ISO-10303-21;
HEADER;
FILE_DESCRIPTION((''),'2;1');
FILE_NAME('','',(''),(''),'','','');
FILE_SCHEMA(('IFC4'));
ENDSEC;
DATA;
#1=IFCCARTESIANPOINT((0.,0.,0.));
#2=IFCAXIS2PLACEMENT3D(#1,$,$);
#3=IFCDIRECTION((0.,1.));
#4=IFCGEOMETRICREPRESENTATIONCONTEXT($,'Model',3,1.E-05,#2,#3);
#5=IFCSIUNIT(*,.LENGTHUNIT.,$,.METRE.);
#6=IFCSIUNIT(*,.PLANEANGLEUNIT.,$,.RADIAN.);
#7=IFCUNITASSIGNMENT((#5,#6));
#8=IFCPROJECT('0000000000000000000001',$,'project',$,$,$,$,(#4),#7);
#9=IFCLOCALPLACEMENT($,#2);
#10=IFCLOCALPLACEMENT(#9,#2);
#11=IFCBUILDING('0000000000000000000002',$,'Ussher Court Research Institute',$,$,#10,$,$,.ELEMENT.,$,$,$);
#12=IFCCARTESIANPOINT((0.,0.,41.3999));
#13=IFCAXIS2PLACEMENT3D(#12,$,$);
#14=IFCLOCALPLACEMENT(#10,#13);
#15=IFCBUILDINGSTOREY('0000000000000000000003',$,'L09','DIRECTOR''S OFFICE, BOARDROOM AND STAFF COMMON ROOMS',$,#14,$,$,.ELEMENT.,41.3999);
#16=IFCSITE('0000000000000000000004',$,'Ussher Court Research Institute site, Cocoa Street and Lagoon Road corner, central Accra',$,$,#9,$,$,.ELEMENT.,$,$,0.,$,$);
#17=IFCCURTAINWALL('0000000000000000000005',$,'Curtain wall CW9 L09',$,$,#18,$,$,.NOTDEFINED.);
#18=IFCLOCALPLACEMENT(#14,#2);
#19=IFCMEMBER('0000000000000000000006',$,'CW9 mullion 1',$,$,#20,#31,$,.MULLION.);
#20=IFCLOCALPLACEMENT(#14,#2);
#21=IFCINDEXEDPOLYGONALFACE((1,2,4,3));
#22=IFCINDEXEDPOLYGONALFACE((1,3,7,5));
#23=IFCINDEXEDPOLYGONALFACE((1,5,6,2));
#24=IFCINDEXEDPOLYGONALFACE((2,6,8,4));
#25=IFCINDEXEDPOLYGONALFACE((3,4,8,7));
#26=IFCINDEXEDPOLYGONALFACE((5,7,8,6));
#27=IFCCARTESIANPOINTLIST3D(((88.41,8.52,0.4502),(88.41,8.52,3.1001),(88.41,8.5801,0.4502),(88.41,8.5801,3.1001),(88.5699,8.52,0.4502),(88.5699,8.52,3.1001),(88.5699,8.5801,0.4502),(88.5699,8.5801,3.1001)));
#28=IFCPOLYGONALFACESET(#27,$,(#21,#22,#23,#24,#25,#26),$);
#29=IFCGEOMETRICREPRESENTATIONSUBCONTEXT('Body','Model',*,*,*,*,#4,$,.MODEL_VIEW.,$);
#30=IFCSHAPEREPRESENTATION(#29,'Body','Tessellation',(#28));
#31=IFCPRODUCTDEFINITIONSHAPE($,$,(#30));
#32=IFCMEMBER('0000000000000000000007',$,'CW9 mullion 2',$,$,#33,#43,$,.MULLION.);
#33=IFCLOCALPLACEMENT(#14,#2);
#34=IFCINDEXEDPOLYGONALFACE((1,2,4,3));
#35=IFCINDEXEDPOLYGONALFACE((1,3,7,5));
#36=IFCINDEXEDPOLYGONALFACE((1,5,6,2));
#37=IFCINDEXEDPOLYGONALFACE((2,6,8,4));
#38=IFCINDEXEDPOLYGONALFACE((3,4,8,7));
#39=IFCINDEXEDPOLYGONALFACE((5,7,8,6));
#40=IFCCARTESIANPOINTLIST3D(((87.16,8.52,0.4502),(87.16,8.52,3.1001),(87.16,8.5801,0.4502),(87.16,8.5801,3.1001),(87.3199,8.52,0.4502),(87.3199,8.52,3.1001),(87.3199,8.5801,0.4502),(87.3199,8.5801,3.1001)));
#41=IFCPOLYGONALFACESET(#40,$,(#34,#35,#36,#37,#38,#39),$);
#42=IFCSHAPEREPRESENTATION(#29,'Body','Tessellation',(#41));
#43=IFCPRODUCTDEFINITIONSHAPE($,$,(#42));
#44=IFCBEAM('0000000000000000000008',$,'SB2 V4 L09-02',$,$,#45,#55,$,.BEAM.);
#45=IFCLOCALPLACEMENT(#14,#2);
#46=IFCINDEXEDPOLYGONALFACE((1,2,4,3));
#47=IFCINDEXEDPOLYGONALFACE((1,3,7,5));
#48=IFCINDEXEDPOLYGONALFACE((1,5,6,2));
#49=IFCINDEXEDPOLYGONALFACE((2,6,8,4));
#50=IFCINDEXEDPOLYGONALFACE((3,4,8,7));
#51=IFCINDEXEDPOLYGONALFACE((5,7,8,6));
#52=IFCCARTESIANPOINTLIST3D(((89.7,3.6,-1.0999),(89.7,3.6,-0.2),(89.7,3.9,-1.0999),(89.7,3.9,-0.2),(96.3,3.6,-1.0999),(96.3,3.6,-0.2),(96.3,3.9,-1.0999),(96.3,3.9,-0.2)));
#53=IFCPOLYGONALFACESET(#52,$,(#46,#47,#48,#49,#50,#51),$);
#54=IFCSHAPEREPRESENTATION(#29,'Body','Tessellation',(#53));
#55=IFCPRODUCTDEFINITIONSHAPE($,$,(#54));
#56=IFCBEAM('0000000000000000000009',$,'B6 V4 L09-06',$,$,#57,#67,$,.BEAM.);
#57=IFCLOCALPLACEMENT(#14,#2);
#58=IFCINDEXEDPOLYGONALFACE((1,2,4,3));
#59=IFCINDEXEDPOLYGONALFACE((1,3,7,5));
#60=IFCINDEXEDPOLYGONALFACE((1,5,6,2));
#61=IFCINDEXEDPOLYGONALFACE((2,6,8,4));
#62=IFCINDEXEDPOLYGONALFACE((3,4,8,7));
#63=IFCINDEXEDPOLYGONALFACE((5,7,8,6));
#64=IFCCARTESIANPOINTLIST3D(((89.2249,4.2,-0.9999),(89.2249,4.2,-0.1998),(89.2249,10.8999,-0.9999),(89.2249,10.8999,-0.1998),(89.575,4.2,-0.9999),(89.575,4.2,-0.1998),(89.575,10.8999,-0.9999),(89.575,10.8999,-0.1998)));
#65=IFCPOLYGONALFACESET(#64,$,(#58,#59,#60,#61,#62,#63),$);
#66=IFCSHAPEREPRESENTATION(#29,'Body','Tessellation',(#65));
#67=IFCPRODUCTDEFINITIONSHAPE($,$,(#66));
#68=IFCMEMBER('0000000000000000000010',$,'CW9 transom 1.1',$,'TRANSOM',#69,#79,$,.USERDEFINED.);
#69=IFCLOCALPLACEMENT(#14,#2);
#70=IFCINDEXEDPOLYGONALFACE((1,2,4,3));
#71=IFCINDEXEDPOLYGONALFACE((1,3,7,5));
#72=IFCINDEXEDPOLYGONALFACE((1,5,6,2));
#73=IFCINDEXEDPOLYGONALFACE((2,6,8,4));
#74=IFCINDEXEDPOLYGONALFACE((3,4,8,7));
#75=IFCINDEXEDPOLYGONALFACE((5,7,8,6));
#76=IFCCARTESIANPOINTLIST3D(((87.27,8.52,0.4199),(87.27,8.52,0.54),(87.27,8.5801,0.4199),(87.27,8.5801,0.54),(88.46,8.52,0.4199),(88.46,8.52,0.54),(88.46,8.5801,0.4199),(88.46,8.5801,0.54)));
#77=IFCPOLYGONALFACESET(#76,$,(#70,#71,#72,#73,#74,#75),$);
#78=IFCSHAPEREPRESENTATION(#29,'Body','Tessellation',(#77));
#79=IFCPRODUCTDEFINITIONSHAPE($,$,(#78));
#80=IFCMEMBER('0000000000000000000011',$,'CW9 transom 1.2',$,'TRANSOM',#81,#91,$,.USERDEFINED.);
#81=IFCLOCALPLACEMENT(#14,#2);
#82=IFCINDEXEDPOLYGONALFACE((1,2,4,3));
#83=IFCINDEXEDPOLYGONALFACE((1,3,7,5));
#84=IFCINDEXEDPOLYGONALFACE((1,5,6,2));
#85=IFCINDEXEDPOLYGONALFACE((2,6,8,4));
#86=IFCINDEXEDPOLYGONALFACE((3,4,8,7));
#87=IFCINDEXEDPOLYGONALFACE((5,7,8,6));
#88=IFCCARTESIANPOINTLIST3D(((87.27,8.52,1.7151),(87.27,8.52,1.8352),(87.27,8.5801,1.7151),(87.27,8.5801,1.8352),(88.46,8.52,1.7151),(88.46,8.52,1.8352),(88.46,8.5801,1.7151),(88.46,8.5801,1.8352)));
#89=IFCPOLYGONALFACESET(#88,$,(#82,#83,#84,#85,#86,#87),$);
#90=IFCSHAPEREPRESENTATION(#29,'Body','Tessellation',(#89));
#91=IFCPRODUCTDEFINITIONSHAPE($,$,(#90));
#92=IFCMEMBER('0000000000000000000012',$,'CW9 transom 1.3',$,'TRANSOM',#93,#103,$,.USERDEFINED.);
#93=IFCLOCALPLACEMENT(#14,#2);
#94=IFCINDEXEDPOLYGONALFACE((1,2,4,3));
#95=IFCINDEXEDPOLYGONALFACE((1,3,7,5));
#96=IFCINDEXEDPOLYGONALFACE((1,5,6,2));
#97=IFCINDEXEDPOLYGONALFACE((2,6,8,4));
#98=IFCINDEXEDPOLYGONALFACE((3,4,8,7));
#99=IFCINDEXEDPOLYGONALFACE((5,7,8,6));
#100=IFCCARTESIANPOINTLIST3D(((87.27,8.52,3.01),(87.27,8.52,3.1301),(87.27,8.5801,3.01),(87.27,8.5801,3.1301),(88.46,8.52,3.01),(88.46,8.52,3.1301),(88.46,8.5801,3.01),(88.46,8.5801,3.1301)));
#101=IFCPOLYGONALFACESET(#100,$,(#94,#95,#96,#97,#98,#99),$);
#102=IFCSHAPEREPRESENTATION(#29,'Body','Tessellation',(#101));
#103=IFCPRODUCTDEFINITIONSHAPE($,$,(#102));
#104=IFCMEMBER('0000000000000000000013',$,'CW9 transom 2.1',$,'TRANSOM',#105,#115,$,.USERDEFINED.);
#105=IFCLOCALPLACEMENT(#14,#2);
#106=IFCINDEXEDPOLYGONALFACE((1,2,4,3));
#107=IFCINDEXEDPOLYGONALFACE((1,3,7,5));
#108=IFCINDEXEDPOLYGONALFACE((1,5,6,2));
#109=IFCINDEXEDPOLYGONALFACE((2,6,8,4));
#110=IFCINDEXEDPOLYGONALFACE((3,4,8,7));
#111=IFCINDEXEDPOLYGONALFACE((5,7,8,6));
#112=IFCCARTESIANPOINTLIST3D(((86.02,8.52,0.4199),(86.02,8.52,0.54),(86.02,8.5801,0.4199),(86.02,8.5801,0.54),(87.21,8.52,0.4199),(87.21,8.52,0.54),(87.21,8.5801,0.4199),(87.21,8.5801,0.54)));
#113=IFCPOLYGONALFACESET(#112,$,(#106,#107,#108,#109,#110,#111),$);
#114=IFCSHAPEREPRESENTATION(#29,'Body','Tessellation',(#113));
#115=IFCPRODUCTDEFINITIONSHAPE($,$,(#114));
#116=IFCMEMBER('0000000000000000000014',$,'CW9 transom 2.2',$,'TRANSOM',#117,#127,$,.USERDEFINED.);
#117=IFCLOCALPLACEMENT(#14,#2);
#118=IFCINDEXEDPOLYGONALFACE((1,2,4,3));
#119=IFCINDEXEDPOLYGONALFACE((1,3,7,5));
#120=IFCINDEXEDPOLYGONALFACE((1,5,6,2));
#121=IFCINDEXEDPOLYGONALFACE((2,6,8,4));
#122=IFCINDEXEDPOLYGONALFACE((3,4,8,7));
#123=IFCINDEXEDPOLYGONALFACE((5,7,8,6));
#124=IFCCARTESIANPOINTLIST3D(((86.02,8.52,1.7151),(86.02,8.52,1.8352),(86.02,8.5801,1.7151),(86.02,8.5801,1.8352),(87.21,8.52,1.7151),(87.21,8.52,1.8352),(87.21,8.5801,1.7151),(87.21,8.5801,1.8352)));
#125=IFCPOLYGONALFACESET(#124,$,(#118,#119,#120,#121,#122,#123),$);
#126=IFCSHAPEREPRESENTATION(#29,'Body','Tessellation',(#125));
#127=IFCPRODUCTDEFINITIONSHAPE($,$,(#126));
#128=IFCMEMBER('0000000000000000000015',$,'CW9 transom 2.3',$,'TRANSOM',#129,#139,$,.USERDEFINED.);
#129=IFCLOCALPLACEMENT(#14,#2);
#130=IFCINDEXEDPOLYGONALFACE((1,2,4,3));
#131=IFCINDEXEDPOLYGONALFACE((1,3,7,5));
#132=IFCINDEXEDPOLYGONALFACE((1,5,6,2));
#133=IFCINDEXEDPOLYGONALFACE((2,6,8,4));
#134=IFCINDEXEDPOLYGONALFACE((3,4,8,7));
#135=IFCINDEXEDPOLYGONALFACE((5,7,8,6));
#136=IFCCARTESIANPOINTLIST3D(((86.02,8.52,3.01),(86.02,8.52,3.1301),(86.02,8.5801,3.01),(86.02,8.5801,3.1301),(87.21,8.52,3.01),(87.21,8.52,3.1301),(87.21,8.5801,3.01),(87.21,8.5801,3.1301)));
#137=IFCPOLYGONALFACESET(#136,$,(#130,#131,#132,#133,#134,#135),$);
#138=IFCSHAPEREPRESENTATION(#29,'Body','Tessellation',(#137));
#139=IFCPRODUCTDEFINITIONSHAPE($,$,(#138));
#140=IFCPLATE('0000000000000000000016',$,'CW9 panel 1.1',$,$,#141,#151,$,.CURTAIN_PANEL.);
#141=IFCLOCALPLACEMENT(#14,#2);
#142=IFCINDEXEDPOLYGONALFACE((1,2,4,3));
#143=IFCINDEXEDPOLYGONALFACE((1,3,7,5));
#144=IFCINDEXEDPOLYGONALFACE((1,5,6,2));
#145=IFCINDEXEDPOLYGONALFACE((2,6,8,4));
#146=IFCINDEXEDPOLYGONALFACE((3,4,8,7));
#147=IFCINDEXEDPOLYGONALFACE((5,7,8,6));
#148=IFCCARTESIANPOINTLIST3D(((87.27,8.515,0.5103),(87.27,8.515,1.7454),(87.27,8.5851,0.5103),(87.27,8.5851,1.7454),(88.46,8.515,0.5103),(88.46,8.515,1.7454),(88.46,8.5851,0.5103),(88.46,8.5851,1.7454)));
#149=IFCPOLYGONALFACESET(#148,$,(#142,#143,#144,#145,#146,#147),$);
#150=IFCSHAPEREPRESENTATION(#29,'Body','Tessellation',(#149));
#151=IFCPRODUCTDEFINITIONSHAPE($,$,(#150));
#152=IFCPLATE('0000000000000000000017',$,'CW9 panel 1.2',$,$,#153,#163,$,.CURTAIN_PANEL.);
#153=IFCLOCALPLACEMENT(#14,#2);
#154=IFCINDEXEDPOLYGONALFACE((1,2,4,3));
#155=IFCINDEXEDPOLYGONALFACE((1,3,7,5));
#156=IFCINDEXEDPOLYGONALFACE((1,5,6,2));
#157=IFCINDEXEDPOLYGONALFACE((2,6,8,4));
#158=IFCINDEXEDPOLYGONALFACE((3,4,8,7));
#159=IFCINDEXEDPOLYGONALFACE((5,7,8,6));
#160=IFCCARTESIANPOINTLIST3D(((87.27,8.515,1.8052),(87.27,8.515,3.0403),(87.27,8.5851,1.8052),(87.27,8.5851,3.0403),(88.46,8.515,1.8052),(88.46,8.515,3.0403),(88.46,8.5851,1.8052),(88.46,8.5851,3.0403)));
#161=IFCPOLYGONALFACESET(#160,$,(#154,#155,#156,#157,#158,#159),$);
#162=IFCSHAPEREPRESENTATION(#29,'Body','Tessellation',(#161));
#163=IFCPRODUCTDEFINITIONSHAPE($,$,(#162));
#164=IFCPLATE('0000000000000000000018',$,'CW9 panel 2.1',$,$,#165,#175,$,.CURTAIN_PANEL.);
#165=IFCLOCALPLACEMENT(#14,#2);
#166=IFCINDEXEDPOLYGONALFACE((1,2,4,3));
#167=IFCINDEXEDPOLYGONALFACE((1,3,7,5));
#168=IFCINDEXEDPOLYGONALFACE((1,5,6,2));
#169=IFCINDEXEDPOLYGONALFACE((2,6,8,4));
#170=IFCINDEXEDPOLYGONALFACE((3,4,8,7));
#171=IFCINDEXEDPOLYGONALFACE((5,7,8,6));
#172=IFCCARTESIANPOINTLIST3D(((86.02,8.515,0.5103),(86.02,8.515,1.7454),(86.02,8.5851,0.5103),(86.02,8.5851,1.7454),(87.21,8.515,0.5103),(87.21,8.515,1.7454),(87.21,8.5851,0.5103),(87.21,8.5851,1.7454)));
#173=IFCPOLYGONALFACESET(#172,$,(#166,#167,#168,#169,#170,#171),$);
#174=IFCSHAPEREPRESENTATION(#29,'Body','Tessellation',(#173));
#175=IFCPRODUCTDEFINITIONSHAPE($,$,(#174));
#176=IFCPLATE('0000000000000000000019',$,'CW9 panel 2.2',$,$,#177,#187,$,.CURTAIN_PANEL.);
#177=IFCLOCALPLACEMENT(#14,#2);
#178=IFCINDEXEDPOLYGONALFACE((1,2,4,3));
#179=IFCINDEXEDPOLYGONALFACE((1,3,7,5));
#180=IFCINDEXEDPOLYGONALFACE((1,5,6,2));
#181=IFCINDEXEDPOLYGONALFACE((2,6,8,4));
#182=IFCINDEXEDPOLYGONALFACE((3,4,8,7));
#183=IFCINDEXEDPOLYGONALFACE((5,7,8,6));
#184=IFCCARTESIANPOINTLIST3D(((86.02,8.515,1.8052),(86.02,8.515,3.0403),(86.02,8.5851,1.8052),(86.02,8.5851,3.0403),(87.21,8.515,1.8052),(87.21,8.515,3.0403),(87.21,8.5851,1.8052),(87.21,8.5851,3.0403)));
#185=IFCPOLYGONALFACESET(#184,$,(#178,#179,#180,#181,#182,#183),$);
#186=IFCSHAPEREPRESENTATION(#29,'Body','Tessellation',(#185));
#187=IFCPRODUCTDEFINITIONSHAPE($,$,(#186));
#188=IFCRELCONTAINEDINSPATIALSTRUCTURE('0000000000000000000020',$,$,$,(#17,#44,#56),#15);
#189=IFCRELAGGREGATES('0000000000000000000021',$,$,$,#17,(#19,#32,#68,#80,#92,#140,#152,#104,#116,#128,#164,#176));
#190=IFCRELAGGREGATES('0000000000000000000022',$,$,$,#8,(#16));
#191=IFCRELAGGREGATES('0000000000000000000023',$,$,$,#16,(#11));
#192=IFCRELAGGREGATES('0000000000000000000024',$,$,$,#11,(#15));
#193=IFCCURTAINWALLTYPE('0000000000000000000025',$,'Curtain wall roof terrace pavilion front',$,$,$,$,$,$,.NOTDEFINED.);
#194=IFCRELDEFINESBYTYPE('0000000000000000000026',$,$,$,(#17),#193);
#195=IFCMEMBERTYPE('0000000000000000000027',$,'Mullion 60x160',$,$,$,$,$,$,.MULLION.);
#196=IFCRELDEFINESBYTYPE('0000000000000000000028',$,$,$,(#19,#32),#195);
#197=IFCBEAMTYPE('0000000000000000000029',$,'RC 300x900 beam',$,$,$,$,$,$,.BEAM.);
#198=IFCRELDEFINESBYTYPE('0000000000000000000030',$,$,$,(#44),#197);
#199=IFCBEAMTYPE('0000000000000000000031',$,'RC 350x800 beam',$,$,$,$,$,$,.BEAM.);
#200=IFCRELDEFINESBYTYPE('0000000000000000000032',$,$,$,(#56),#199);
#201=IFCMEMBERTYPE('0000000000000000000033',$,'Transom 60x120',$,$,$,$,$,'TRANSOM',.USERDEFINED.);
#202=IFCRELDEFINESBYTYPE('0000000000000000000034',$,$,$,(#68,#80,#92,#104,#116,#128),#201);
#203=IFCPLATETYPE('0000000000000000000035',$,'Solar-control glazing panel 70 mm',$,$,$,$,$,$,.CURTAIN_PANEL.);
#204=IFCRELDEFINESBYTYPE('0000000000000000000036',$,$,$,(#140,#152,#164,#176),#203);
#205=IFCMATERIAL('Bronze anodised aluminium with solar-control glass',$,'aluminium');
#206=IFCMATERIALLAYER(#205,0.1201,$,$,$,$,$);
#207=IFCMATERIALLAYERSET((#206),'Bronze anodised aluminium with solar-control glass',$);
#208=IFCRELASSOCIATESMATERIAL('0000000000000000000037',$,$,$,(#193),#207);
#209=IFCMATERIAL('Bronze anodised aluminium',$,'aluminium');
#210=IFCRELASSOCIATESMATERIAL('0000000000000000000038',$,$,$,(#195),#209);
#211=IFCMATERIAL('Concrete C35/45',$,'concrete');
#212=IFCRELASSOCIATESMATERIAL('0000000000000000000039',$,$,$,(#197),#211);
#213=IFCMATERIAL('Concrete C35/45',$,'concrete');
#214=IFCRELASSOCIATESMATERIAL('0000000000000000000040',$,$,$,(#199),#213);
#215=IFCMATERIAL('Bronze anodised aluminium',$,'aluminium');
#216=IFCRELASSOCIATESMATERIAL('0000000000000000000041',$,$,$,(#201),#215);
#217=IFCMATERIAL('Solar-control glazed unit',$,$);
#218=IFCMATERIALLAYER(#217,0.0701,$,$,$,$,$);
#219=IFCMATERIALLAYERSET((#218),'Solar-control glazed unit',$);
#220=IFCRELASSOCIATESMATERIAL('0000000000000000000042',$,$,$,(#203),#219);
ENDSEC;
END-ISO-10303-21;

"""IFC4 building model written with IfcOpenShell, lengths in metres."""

from ifc_helpers import new_model, si_unit, direction, frame, origin, origin_2d, place, context, subcontext, project, spatial, rectangle, extrude, material, layer, layer_set, material_profile, profile_set, type_object, element, aggregate, save


model = new_model("IFC4")

# Units and contexts
model_context = context("Model", 3, precision=1e-05, world=origin(), true_north=direction((0.0, 1.0)))
body_context = subcontext(model_context, "Body", "Model", "MODEL_VIEW")
ifc_project = project(units=[si_unit("LENGTHUNIT", "METRE"), si_unit("PLANEANGLEUNIT", "RADIAN")], contexts=[model_context])

# Site, building, storey
site_placement = place(None, origin())
site = spatial("IfcSite", under=ifc_project, at=site_placement, Name="Ussher Court Research Institute site, Cocoa Street and Lagoon Road corner, central Accra", CompositionType="ELEMENT", RefElevation=0.0)
building_placement = place(site_placement, origin())
building = spatial("IfcBuilding", under=site, at=building_placement, Name="Ussher Court Research Institute", CompositionType="ELEMENT")
storey_placement = place(building_placement, frame((0.0, 0.0, 41.3999)))
storey = spatial("IfcBuildingStorey", under=building, at=storey_placement, Name="L09", Description="DIRECTOR'S OFFICE, BOARDROOM AND STAFF COMMON ROOMS", CompositionType="ELEMENT", Elevation=41.3999)

# Curtain wall, members
ifc_material_1 = material(Name="Bronze anodised aluminium with solar-control glass", Category="aluminium")
ifc_layer_1 = layer(ifc_material_1, 0.1201)
ifc_layer_set_1 = layer_set([ifc_layer_1], Name="Bronze anodised aluminium with solar-control glass")
curtain_wall_type = type_object("IfcCurtainWallType", Name="Curtain wall roof terrace pavilion front", PredefinedType="NOTDEFINED", material=ifc_layer_set_1)
curtain_wall_placement = place(storey_placement, origin())
curtain_wall = element("IfcCurtainWall", 1, at=curtain_wall_placement, inside=storey, type_object=curtain_wall_type, Name="Curtain wall CW9 L09", PredefinedType="NOTDEFINED")
ifc_material_2 = material(Name="Bronze anodised aluminium", Category="aluminium")
ifc_material_profile_1 = material_profile(ifc_material_2, rectangle(XDim=0.0601, YDim=0.1599, at=origin_2d()), Name="Mullion 60x160")
ifc_profile_set_1 = profile_set([ifc_material_profile_1], Name="Bronze anodised aluminium")
member_type_1 = type_object("IfcMemberType", Name="Mullion 60x160", PredefinedType="MULLION", material=ifc_profile_set_1)
member_1_placement = place(storey_placement, frame((88.49, 8.55, 0.4502), z_axis=(0.0, 0.0, 1.0), x_axis=(0.0, -1.0, 0.0)))
member_1 = element("IfcMember", 2, at=member_1_placement, type_object=member_type_1, Name="CW9 mullion 1", PredefinedType="MULLION", context=body_context, shape_type="SweptSolid", body=[
    extrude(rectangle(XDim=0.0601, YDim=0.1599, at=origin_2d()), origin(), (0.0, 0.0, 1.0), 2.6499),
])
member_2_placement = place(storey_placement, frame((87.24, 8.55, 0.4502), z_axis=(0.0, 0.0, 1.0), x_axis=(0.0, -1.0, 0.0)))
member_2 = element("IfcMember", 3, at=member_2_placement, type_object=member_type_1, Name="CW9 mullion 2", PredefinedType="MULLION", context=body_context, shape_type="SweptSolid", body=[
    extrude(rectangle(XDim=0.0601, YDim=0.1599, at=origin_2d()), origin(), (0.0, 0.0, 1.0), 2.6499),
])

# Beams
ifc_material_3 = material(Name="Concrete C35/45", Category="concrete")
ifc_material_profile_2 = material_profile(ifc_material_3, rectangle(XDim=0.3, YDim=0.8999, at=origin_2d()), Name="RC 300x900")
ifc_profile_set_2 = profile_set([ifc_material_profile_2], Name="Concrete C35/45")
beam_type_1 = type_object("IfcBeamType", Name="RC 300x900 beam", PredefinedType="BEAM", material=ifc_profile_set_2)
beam_1_placement = place(storey_placement, frame((89.7, 3.75, -0.6499), z_axis=(1.0, 0.0, 0.0), x_axis=(0.0, 1.0, 0.0)))
element("IfcBeam", 4, at=beam_1_placement, inside=storey, type_object=beam_type_1, Name="SB2 V4 L09-02", PredefinedType="BEAM", context=body_context, shape_type="SweptSolid", body=[
    extrude(rectangle(XDim=0.3, YDim=0.8999, at=origin_2d()), origin(), (0.0, 0.0, 1.0), 6.6001),
])
ifc_material_4 = material(Name="Concrete C35/45", Category="concrete")
ifc_material_profile_3 = material_profile(ifc_material_4, rectangle(XDim=0.3501, YDim=0.8, at=origin_2d()), Name="RC 350x800")
ifc_profile_set_3 = profile_set([ifc_material_profile_3], Name="Concrete C35/45")
beam_type_2 = type_object("IfcBeamType", Name="RC 350x800 beam", PredefinedType="BEAM", material=ifc_profile_set_3)
beam_2_placement = place(storey_placement, frame((89.3999, 4.2, -0.5999), z_axis=(0.0, 1.0, 0.0), x_axis=(-1.0, 0.0, 0.0)))
element("IfcBeam", 5, at=beam_2_placement, inside=storey, type_object=beam_type_2, Name="B6 V4 L09-06", PredefinedType="BEAM", context=body_context, shape_type="SweptSolid", body=[
    extrude(rectangle(XDim=0.3501, YDim=0.8, at=origin_2d()), origin(), (0.0, 0.0, 1.0), 6.7),
])

# Members
ifc_material_5 = material(Name="Bronze anodised aluminium", Category="aluminium")
ifc_material_profile_4 = material_profile(ifc_material_5, rectangle(XDim=0.0601, YDim=0.1201, at=origin_2d()), Name="Transom 60x120")
ifc_profile_set_4 = profile_set([ifc_material_profile_4], Name="Bronze anodised aluminium")
member_type_2 = type_object("IfcMemberType", Name="Transom 60x120", ElementType="TRANSOM", PredefinedType="USERDEFINED", material=ifc_profile_set_4)
member_3_placement = place(storey_placement, frame((88.46, 8.55, 0.48), z_axis=(-1.0, 0.0, 0.0), x_axis=(0.0, -1.0, 0.0)))
member_3 = element("IfcMember", 6, at=member_3_placement, type_object=member_type_2, Name="CW9 transom 1.1", ObjectType="TRANSOM", PredefinedType="USERDEFINED", context=body_context, shape_type="SweptSolid", body=[
    extrude(rectangle(XDim=0.0601, YDim=0.1201, at=origin_2d()), origin(), (0.0, 0.0, 1.0), 1.1899),
])
member_4_placement = place(storey_placement, frame((88.46, 8.55, 1.7751), z_axis=(-1.0, 0.0, 0.0), x_axis=(0.0, -1.0, 0.0)))
member_4 = element("IfcMember", 7, at=member_4_placement, type_object=member_type_2, Name="CW9 transom 1.2", ObjectType="TRANSOM", PredefinedType="USERDEFINED", context=body_context, shape_type="SweptSolid", body=[
    extrude(rectangle(XDim=0.0601, YDim=0.1201, at=origin_2d()), origin(), (0.0, 0.0, 1.0), 1.1899),
])
member_5_placement = place(storey_placement, frame((88.46, 8.55, 3.0701), z_axis=(-1.0, 0.0, 0.0), x_axis=(0.0, -1.0, 0.0)))
member_5 = element("IfcMember", 8, at=member_5_placement, type_object=member_type_2, Name="CW9 transom 1.3", ObjectType="TRANSOM", PredefinedType="USERDEFINED", context=body_context, shape_type="SweptSolid", body=[
    extrude(rectangle(XDim=0.0601, YDim=0.1201, at=origin_2d()), origin(), (0.0, 0.0, 1.0), 1.1899),
])
member_6_placement = place(storey_placement, frame((87.21, 8.55, 0.48), z_axis=(-1.0, 0.0, 0.0), x_axis=(0.0, -1.0, 0.0)))
member_6 = element("IfcMember", 9, at=member_6_placement, type_object=member_type_2, Name="CW9 transom 2.1", ObjectType="TRANSOM", PredefinedType="USERDEFINED", context=body_context, shape_type="SweptSolid", body=[
    extrude(rectangle(XDim=0.0601, YDim=0.1201, at=origin_2d()), origin(), (0.0, 0.0, 1.0), 1.1899),
])
member_7_placement = place(storey_placement, frame((87.21, 8.55, 1.7751), z_axis=(-1.0, 0.0, 0.0), x_axis=(0.0, -1.0, 0.0)))
member_7 = element("IfcMember", 10, at=member_7_placement, type_object=member_type_2, Name="CW9 transom 2.2", ObjectType="TRANSOM", PredefinedType="USERDEFINED", context=body_context, shape_type="SweptSolid", body=[
    extrude(rectangle(XDim=0.0601, YDim=0.1201, at=origin_2d()), origin(), (0.0, 0.0, 1.0), 1.1899),
])
member_8_placement = place(storey_placement, frame((87.21, 8.55, 3.0701), z_axis=(-1.0, 0.0, 0.0), x_axis=(0.0, -1.0, 0.0)))
member_8 = element("IfcMember", 11, at=member_8_placement, type_object=member_type_2, Name="CW9 transom 2.3", ObjectType="TRANSOM", PredefinedType="USERDEFINED", context=body_context, shape_type="SweptSolid", body=[
    extrude(rectangle(XDim=0.0601, YDim=0.1201, at=origin_2d()), origin(), (0.0, 0.0, 1.0), 1.1899),
])

# Plates
ifc_material_6 = material(Name="Solar-control glazed unit")
ifc_layer_2 = layer(ifc_material_6, 0.0701)
ifc_layer_set_2 = layer_set([ifc_layer_2], Name="Solar-control glazed unit")
plate_type = type_object("IfcPlateType", Name="Solar-control glazing panel 70 mm", PredefinedType="CURTAIN_PANEL", material=ifc_layer_set_2)
plate_1_placement = place(storey_placement, frame((87.865, 8.55, 0.5103), z_axis=(0.0, 0.0, 1.0), x_axis=(-1.0, 0.0, 0.0)))
plate_1 = element("IfcPlate", 12, at=plate_1_placement, type_object=plate_type, Name="CW9 panel 1.1", PredefinedType="CURTAIN_PANEL", context=body_context, shape_type="SweptSolid", body=[
    extrude(rectangle(XDim=1.1899, YDim=0.0701, at=origin_2d()), origin(), (0.0, 0.0, 1.0), 1.2351),
])
plate_2_placement = place(storey_placement, frame((87.865, 8.55, 1.8052), z_axis=(0.0, 0.0, 1.0), x_axis=(-1.0, 0.0, 0.0)))
plate_2 = element("IfcPlate", 13, at=plate_2_placement, type_object=plate_type, Name="CW9 panel 1.2", PredefinedType="CURTAIN_PANEL", context=body_context, shape_type="SweptSolid", body=[
    extrude(rectangle(XDim=1.1899, YDim=0.0701, at=origin_2d()), origin(), (0.0, 0.0, 1.0), 1.2351),
])
plate_3_placement = place(storey_placement, frame((86.615, 8.55, 0.5103), z_axis=(0.0, 0.0, 1.0), x_axis=(-1.0, 0.0, 0.0)))
plate_3 = element("IfcPlate", 14, at=plate_3_placement, type_object=plate_type, Name="CW9 panel 2.1", PredefinedType="CURTAIN_PANEL", context=body_context, shape_type="SweptSolid", body=[
    extrude(rectangle(XDim=1.1899, YDim=0.0701, at=origin_2d()), origin(), (0.0, 0.0, 1.0), 1.2351),
])
plate_4_placement = place(storey_placement, frame((86.615, 8.55, 1.8052), z_axis=(0.0, 0.0, 1.0), x_axis=(-1.0, 0.0, 0.0)))
plate_4 = element("IfcPlate", 15, at=plate_4_placement, type_object=plate_type, Name="CW9 panel 2.2", PredefinedType="CURTAIN_PANEL", context=body_context, shape_type="SweptSolid", body=[
    extrude(rectangle(XDim=1.1899, YDim=0.0701, at=origin_2d()), origin(), (0.0, 0.0, 1.0), 1.2351),
])
aggregate(curtain_wall, [member_1, member_2, member_3, member_4, member_5, plate_1, plate_2, member_6, member_7, member_8, plate_3, plate_4])

save(model, "model.ifc")
